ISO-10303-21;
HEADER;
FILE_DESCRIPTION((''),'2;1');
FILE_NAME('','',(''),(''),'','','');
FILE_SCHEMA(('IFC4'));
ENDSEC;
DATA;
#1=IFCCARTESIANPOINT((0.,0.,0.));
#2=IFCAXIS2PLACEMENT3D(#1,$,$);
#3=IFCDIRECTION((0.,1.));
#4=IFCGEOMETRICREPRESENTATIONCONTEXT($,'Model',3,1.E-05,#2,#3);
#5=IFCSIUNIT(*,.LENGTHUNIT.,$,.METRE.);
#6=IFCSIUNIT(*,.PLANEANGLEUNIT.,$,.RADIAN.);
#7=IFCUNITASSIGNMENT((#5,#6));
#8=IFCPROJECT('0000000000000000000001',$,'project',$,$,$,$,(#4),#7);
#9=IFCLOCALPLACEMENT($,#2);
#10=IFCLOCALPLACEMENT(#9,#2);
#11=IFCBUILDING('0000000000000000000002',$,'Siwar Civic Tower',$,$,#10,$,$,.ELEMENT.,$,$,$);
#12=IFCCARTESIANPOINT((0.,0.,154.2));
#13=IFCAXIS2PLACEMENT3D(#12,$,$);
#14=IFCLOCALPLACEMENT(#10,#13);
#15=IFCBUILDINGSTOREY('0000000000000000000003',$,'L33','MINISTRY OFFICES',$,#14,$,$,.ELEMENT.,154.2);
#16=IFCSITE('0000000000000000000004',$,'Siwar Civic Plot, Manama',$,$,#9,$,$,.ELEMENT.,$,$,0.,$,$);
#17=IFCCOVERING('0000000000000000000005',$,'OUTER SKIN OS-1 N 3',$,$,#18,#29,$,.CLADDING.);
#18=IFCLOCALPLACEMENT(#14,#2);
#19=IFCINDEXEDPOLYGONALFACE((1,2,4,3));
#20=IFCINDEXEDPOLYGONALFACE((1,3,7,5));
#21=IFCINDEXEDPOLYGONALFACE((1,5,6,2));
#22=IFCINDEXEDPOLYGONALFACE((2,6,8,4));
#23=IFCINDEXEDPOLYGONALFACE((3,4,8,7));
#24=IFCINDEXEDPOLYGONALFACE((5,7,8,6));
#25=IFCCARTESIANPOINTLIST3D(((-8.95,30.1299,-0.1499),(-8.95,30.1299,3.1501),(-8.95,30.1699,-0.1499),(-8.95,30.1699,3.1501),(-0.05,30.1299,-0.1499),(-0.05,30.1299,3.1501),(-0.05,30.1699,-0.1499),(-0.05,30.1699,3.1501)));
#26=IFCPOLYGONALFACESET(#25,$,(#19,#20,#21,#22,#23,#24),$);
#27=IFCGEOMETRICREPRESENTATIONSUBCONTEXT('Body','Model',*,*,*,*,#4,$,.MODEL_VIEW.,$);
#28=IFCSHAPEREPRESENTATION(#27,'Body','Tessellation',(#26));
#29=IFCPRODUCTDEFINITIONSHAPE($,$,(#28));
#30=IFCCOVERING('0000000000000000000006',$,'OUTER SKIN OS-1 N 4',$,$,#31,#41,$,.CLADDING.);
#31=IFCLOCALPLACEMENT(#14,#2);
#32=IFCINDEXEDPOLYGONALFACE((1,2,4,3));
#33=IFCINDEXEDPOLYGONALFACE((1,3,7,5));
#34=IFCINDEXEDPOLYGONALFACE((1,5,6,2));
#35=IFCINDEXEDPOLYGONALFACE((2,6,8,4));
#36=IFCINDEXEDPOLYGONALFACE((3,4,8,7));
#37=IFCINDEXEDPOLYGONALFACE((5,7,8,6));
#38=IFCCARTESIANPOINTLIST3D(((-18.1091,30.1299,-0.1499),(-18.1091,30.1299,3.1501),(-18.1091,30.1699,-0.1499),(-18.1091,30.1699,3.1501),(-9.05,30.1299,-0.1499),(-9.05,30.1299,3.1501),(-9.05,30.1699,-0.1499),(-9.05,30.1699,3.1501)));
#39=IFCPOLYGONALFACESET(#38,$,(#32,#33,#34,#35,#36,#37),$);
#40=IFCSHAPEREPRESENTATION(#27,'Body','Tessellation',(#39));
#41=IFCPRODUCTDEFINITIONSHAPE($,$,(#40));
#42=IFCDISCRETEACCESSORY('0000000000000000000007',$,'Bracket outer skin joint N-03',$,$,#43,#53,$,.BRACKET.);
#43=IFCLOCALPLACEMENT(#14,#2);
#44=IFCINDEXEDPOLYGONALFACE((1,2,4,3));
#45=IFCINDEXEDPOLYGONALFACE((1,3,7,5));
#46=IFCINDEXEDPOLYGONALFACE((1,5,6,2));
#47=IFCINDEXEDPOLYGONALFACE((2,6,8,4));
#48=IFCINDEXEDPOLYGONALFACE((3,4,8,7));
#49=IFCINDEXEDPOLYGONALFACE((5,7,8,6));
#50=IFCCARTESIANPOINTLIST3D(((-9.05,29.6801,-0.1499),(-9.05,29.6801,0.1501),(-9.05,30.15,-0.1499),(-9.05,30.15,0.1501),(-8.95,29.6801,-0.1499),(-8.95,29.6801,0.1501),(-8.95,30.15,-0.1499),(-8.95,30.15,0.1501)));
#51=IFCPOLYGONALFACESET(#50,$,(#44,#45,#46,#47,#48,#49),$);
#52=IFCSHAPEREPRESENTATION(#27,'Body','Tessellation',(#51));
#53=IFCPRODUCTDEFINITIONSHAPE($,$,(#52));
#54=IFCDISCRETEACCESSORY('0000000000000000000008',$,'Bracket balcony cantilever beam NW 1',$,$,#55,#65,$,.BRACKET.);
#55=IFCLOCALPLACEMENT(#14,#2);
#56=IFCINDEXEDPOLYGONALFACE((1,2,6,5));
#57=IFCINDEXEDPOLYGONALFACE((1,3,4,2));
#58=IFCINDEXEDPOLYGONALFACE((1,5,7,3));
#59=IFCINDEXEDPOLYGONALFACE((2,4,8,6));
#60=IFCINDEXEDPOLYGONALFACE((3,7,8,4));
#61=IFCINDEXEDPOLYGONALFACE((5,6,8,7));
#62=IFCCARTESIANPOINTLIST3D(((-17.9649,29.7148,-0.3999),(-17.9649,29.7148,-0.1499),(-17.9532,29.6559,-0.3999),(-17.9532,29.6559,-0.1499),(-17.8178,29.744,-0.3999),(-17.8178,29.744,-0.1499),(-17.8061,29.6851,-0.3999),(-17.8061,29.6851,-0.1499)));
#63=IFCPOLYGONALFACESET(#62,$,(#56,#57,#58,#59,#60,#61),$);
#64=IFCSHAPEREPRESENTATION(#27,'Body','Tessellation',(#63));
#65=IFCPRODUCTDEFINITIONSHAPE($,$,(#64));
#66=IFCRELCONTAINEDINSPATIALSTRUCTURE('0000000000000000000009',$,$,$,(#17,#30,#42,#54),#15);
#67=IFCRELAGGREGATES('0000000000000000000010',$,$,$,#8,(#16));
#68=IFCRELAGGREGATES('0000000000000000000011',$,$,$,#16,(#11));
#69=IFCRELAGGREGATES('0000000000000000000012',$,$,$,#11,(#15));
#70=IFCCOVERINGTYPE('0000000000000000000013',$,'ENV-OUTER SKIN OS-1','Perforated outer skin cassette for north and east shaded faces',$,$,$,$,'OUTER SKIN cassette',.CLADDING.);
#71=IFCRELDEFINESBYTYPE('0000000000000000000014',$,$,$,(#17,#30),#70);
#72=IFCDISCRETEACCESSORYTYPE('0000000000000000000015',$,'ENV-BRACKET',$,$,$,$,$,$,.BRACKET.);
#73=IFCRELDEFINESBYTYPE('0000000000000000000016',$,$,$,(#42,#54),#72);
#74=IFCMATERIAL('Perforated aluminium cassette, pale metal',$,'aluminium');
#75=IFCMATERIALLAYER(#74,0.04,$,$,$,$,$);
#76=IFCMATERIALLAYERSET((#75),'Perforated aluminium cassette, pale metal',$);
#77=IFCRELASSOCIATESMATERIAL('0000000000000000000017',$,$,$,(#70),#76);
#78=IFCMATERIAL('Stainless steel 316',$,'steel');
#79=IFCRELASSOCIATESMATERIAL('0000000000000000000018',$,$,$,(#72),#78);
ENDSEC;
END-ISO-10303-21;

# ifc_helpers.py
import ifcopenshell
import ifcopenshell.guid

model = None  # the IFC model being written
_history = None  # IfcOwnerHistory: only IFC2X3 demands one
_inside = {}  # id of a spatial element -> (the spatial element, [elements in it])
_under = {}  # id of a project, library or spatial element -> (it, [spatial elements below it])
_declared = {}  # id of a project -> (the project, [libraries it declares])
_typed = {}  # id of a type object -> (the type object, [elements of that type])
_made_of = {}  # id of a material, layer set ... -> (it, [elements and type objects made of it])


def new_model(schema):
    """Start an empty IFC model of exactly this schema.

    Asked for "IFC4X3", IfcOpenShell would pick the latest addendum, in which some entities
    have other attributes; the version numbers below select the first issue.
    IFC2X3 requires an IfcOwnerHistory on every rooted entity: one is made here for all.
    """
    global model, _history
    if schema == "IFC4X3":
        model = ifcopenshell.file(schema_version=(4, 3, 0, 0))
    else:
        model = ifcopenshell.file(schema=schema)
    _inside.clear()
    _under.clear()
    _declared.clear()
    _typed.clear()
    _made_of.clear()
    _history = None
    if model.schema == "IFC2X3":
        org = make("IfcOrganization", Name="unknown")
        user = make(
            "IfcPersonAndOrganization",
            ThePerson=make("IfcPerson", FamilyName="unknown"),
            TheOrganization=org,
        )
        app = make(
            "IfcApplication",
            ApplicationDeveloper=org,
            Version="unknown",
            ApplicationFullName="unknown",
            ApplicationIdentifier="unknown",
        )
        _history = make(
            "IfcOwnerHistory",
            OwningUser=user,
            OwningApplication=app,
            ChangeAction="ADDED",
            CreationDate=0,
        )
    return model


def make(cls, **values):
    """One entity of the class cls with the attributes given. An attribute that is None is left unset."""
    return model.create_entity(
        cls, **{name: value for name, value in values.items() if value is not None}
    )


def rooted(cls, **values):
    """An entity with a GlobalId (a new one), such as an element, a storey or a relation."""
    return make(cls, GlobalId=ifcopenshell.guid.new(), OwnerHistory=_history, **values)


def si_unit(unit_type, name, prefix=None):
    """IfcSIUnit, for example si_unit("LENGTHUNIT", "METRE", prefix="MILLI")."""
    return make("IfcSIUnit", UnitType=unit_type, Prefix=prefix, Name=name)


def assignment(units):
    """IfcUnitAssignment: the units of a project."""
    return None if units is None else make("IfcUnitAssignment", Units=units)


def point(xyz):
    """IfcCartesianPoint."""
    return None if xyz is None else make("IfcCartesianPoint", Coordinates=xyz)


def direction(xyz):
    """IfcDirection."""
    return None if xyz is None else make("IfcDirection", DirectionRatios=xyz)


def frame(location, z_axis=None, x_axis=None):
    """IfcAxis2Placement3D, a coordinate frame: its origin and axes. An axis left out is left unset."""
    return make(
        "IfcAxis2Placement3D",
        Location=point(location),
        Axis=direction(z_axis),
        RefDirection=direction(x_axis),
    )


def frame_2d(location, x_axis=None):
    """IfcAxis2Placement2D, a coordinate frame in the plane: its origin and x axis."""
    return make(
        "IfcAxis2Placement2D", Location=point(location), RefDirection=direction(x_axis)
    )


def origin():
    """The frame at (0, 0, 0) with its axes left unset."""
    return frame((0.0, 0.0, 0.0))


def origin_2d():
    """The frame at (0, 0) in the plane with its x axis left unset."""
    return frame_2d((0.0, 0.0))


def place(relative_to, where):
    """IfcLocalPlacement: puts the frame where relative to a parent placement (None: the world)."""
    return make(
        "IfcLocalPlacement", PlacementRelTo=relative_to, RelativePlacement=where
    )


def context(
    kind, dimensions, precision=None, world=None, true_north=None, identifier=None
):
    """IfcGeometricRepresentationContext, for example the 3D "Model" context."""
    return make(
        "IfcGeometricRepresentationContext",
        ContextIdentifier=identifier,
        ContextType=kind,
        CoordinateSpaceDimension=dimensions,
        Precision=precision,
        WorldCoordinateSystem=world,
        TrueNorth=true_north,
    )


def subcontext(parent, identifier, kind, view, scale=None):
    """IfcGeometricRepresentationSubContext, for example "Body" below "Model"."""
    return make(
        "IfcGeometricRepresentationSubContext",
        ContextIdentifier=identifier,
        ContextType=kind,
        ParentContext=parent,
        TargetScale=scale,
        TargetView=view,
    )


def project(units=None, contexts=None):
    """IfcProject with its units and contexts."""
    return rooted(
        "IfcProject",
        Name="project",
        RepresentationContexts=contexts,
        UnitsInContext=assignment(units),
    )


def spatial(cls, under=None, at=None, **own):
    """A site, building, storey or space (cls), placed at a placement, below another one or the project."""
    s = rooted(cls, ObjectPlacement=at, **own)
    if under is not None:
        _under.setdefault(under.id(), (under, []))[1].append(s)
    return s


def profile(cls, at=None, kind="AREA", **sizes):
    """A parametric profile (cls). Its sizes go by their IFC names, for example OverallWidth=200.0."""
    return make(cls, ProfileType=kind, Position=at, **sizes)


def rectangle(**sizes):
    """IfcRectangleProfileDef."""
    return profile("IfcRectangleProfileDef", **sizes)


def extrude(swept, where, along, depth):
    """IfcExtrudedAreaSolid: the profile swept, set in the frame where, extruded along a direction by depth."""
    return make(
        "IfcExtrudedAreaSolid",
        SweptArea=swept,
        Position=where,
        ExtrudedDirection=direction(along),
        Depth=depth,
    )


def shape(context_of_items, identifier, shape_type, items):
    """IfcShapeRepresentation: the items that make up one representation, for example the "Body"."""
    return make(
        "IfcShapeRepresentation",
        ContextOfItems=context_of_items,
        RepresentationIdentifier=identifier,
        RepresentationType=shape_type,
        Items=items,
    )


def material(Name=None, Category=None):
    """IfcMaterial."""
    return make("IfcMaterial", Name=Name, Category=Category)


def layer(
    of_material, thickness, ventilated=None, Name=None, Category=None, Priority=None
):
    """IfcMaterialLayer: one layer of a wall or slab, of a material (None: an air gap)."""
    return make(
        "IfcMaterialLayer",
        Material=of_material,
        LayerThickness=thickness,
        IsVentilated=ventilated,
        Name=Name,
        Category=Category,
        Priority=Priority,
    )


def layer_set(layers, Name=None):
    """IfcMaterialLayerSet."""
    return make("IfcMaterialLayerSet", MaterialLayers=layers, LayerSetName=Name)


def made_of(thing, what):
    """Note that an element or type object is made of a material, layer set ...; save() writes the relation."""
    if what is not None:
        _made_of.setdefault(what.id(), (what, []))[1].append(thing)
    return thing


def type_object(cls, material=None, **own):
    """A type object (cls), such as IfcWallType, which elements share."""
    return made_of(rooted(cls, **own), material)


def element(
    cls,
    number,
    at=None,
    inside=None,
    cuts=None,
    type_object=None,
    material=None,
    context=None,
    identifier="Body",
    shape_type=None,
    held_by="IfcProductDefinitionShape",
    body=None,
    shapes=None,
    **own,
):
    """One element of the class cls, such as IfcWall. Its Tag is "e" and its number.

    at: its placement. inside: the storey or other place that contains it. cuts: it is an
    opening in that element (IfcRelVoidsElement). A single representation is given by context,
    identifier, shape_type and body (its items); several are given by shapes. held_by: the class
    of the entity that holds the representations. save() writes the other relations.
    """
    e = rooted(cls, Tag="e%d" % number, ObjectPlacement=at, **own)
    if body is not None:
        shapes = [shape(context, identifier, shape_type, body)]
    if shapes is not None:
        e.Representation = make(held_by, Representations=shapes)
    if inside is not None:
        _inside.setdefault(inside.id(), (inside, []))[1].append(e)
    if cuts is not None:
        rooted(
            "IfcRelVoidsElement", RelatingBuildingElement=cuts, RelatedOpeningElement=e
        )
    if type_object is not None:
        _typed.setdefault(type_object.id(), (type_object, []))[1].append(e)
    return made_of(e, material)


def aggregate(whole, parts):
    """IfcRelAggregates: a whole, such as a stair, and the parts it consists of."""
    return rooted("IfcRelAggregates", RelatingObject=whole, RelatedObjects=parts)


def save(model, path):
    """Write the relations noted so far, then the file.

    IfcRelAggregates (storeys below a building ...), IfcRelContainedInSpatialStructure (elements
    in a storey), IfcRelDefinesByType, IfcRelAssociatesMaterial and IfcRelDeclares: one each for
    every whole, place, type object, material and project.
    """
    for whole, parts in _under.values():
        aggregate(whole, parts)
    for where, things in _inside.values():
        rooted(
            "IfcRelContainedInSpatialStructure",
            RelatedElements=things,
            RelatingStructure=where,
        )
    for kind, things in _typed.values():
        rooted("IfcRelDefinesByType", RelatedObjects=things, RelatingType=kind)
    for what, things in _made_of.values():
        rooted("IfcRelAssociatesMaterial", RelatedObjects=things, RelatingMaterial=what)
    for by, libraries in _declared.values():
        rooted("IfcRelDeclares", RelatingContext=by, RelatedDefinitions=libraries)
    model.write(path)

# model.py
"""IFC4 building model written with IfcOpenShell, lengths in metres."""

from ifc_helpers import new_model, si_unit, direction, frame, origin, origin_2d, place, context, subcontext, project, spatial, rectangle, extrude, material, layer, layer_set, type_object, element, save


model = new_model("IFC4")

# Units and contexts
model_context = context("Model", 3, precision=1e-05, world=origin(), true_north=direction((0.0, 1.0)))
body_context = subcontext(model_context, "Body", "Model", "MODEL_VIEW")
ifc_project = project(units=[si_unit("LENGTHUNIT", "METRE"), si_unit("PLANEANGLEUNIT", "RADIAN")], contexts=[model_context])

# Site, building, storey
site_placement = place(None, origin())
site = spatial("IfcSite", under=ifc_project, at=site_placement, Name="Siwar Civic Plot, Manama", CompositionType="ELEMENT", RefElevation=0.0)
building_placement = place(site_placement, origin())
building = spatial("IfcBuilding", under=site, at=building_placement, Name="Siwar Civic Tower", CompositionType="ELEMENT")
storey_placement = place(building_placement, frame((0.0, 0.0, 154.2)))
storey = spatial("IfcBuildingStorey", under=building, at=storey_placement, Name="L33", Description="MINISTRY OFFICES", CompositionType="ELEMENT", Elevation=154.2)

# Coverings
ifc_material_1 = material(Name="Perforated aluminium cassette, pale metal", Category="aluminium")
ifc_layer_1 = layer(ifc_material_1, 0.04)
ifc_layer_set_1 = layer_set([ifc_layer_1], Name="Perforated aluminium cassette, pale metal")
covering_type = type_object("IfcCoveringType", Name="ENV-OUTER SKIN OS-1", Description="Perforated outer skin cassette for north and east shaded faces", ElementType="OUTER SKIN cassette", PredefinedType="CLADDING", material=ifc_layer_set_1)
covering_1_placement = place(storey_placement, frame((-4.5, 30.1499, -0.1499), z_axis=(0.0, 0.0, 1.0), x_axis=(-1.0, 0.0, 0.0)))
element("IfcCovering", 1, at=covering_1_placement, inside=storey, type_object=covering_type, Name="OUTER SKIN OS-1 N 3", PredefinedType="CLADDING", context=body_context, shape_type="SweptSolid", body=[
    extrude(rectangle(XDim=8.8999, YDim=0.04, at=origin_2d()), origin(), (0.0, 0.0, 1.0), 3.3),
])
covering_2_placement = place(storey_placement, frame((-13.5796, 30.1499, -0.1499), z_axis=(0.0, 0.0, 1.0), x_axis=(-1.0, 0.0, 0.0)))
element("IfcCovering", 2, at=covering_2_placement, inside=storey, type_object=covering_type, Name="OUTER SKIN OS-1 N 4", PredefinedType="CLADDING", context=body_context, shape_type="SweptSolid", body=[
    extrude(rectangle(XDim=9.0591, YDim=0.04, at=origin_2d()), origin(), (0.0, 0.0, 1.0), 3.3),
])

# Discrete accessories
ifc_material_2 = material(Name="Stainless steel 316", Category="steel")
discrete_accessory_type = type_object("IfcDiscreteAccessoryType", Name="ENV-BRACKET", PredefinedType="BRACKET", material=ifc_material_2)
discrete_accessory_1_placement = place(storey_placement, frame((-9.0, 29.915, -0.1499), z_axis=(0.0, 0.0, 1.0), x_axis=(0.0, 1.0, 0.0)))
element("IfcDiscreteAccessory", 3, at=discrete_accessory_1_placement, inside=storey, type_object=discrete_accessory_type, Name="Bracket outer skin joint N-03", PredefinedType="BRACKET", context=body_context, shape_type="SweptSolid", body=[
    extrude(rectangle(XDim=0.47, YDim=0.1001, at=origin_2d()), origin(), (0.0, 0.0, 1.0), 0.3),
])
discrete_accessory_2_placement = place(storey_placement, frame((-17.8855, 29.7, -0.3999), z_axis=(0.0, 0.0, 1.0), x_axis=(-0.19509, 0.980785, 0.0)))
element("IfcDiscreteAccessory", 4, at=discrete_accessory_2_placement, inside=storey, type_object=discrete_accessory_type, Name="Bracket balcony cantilever beam NW 1", PredefinedType="BRACKET", context=body_context, shape_type="SweptSolid", body=[
    extrude(rectangle(XDim=0.0601, YDim=0.1499, at=origin_2d()), origin(), (0.0, 0.0, 1.0), 0.25),
])

save(model, "model.ifc")
